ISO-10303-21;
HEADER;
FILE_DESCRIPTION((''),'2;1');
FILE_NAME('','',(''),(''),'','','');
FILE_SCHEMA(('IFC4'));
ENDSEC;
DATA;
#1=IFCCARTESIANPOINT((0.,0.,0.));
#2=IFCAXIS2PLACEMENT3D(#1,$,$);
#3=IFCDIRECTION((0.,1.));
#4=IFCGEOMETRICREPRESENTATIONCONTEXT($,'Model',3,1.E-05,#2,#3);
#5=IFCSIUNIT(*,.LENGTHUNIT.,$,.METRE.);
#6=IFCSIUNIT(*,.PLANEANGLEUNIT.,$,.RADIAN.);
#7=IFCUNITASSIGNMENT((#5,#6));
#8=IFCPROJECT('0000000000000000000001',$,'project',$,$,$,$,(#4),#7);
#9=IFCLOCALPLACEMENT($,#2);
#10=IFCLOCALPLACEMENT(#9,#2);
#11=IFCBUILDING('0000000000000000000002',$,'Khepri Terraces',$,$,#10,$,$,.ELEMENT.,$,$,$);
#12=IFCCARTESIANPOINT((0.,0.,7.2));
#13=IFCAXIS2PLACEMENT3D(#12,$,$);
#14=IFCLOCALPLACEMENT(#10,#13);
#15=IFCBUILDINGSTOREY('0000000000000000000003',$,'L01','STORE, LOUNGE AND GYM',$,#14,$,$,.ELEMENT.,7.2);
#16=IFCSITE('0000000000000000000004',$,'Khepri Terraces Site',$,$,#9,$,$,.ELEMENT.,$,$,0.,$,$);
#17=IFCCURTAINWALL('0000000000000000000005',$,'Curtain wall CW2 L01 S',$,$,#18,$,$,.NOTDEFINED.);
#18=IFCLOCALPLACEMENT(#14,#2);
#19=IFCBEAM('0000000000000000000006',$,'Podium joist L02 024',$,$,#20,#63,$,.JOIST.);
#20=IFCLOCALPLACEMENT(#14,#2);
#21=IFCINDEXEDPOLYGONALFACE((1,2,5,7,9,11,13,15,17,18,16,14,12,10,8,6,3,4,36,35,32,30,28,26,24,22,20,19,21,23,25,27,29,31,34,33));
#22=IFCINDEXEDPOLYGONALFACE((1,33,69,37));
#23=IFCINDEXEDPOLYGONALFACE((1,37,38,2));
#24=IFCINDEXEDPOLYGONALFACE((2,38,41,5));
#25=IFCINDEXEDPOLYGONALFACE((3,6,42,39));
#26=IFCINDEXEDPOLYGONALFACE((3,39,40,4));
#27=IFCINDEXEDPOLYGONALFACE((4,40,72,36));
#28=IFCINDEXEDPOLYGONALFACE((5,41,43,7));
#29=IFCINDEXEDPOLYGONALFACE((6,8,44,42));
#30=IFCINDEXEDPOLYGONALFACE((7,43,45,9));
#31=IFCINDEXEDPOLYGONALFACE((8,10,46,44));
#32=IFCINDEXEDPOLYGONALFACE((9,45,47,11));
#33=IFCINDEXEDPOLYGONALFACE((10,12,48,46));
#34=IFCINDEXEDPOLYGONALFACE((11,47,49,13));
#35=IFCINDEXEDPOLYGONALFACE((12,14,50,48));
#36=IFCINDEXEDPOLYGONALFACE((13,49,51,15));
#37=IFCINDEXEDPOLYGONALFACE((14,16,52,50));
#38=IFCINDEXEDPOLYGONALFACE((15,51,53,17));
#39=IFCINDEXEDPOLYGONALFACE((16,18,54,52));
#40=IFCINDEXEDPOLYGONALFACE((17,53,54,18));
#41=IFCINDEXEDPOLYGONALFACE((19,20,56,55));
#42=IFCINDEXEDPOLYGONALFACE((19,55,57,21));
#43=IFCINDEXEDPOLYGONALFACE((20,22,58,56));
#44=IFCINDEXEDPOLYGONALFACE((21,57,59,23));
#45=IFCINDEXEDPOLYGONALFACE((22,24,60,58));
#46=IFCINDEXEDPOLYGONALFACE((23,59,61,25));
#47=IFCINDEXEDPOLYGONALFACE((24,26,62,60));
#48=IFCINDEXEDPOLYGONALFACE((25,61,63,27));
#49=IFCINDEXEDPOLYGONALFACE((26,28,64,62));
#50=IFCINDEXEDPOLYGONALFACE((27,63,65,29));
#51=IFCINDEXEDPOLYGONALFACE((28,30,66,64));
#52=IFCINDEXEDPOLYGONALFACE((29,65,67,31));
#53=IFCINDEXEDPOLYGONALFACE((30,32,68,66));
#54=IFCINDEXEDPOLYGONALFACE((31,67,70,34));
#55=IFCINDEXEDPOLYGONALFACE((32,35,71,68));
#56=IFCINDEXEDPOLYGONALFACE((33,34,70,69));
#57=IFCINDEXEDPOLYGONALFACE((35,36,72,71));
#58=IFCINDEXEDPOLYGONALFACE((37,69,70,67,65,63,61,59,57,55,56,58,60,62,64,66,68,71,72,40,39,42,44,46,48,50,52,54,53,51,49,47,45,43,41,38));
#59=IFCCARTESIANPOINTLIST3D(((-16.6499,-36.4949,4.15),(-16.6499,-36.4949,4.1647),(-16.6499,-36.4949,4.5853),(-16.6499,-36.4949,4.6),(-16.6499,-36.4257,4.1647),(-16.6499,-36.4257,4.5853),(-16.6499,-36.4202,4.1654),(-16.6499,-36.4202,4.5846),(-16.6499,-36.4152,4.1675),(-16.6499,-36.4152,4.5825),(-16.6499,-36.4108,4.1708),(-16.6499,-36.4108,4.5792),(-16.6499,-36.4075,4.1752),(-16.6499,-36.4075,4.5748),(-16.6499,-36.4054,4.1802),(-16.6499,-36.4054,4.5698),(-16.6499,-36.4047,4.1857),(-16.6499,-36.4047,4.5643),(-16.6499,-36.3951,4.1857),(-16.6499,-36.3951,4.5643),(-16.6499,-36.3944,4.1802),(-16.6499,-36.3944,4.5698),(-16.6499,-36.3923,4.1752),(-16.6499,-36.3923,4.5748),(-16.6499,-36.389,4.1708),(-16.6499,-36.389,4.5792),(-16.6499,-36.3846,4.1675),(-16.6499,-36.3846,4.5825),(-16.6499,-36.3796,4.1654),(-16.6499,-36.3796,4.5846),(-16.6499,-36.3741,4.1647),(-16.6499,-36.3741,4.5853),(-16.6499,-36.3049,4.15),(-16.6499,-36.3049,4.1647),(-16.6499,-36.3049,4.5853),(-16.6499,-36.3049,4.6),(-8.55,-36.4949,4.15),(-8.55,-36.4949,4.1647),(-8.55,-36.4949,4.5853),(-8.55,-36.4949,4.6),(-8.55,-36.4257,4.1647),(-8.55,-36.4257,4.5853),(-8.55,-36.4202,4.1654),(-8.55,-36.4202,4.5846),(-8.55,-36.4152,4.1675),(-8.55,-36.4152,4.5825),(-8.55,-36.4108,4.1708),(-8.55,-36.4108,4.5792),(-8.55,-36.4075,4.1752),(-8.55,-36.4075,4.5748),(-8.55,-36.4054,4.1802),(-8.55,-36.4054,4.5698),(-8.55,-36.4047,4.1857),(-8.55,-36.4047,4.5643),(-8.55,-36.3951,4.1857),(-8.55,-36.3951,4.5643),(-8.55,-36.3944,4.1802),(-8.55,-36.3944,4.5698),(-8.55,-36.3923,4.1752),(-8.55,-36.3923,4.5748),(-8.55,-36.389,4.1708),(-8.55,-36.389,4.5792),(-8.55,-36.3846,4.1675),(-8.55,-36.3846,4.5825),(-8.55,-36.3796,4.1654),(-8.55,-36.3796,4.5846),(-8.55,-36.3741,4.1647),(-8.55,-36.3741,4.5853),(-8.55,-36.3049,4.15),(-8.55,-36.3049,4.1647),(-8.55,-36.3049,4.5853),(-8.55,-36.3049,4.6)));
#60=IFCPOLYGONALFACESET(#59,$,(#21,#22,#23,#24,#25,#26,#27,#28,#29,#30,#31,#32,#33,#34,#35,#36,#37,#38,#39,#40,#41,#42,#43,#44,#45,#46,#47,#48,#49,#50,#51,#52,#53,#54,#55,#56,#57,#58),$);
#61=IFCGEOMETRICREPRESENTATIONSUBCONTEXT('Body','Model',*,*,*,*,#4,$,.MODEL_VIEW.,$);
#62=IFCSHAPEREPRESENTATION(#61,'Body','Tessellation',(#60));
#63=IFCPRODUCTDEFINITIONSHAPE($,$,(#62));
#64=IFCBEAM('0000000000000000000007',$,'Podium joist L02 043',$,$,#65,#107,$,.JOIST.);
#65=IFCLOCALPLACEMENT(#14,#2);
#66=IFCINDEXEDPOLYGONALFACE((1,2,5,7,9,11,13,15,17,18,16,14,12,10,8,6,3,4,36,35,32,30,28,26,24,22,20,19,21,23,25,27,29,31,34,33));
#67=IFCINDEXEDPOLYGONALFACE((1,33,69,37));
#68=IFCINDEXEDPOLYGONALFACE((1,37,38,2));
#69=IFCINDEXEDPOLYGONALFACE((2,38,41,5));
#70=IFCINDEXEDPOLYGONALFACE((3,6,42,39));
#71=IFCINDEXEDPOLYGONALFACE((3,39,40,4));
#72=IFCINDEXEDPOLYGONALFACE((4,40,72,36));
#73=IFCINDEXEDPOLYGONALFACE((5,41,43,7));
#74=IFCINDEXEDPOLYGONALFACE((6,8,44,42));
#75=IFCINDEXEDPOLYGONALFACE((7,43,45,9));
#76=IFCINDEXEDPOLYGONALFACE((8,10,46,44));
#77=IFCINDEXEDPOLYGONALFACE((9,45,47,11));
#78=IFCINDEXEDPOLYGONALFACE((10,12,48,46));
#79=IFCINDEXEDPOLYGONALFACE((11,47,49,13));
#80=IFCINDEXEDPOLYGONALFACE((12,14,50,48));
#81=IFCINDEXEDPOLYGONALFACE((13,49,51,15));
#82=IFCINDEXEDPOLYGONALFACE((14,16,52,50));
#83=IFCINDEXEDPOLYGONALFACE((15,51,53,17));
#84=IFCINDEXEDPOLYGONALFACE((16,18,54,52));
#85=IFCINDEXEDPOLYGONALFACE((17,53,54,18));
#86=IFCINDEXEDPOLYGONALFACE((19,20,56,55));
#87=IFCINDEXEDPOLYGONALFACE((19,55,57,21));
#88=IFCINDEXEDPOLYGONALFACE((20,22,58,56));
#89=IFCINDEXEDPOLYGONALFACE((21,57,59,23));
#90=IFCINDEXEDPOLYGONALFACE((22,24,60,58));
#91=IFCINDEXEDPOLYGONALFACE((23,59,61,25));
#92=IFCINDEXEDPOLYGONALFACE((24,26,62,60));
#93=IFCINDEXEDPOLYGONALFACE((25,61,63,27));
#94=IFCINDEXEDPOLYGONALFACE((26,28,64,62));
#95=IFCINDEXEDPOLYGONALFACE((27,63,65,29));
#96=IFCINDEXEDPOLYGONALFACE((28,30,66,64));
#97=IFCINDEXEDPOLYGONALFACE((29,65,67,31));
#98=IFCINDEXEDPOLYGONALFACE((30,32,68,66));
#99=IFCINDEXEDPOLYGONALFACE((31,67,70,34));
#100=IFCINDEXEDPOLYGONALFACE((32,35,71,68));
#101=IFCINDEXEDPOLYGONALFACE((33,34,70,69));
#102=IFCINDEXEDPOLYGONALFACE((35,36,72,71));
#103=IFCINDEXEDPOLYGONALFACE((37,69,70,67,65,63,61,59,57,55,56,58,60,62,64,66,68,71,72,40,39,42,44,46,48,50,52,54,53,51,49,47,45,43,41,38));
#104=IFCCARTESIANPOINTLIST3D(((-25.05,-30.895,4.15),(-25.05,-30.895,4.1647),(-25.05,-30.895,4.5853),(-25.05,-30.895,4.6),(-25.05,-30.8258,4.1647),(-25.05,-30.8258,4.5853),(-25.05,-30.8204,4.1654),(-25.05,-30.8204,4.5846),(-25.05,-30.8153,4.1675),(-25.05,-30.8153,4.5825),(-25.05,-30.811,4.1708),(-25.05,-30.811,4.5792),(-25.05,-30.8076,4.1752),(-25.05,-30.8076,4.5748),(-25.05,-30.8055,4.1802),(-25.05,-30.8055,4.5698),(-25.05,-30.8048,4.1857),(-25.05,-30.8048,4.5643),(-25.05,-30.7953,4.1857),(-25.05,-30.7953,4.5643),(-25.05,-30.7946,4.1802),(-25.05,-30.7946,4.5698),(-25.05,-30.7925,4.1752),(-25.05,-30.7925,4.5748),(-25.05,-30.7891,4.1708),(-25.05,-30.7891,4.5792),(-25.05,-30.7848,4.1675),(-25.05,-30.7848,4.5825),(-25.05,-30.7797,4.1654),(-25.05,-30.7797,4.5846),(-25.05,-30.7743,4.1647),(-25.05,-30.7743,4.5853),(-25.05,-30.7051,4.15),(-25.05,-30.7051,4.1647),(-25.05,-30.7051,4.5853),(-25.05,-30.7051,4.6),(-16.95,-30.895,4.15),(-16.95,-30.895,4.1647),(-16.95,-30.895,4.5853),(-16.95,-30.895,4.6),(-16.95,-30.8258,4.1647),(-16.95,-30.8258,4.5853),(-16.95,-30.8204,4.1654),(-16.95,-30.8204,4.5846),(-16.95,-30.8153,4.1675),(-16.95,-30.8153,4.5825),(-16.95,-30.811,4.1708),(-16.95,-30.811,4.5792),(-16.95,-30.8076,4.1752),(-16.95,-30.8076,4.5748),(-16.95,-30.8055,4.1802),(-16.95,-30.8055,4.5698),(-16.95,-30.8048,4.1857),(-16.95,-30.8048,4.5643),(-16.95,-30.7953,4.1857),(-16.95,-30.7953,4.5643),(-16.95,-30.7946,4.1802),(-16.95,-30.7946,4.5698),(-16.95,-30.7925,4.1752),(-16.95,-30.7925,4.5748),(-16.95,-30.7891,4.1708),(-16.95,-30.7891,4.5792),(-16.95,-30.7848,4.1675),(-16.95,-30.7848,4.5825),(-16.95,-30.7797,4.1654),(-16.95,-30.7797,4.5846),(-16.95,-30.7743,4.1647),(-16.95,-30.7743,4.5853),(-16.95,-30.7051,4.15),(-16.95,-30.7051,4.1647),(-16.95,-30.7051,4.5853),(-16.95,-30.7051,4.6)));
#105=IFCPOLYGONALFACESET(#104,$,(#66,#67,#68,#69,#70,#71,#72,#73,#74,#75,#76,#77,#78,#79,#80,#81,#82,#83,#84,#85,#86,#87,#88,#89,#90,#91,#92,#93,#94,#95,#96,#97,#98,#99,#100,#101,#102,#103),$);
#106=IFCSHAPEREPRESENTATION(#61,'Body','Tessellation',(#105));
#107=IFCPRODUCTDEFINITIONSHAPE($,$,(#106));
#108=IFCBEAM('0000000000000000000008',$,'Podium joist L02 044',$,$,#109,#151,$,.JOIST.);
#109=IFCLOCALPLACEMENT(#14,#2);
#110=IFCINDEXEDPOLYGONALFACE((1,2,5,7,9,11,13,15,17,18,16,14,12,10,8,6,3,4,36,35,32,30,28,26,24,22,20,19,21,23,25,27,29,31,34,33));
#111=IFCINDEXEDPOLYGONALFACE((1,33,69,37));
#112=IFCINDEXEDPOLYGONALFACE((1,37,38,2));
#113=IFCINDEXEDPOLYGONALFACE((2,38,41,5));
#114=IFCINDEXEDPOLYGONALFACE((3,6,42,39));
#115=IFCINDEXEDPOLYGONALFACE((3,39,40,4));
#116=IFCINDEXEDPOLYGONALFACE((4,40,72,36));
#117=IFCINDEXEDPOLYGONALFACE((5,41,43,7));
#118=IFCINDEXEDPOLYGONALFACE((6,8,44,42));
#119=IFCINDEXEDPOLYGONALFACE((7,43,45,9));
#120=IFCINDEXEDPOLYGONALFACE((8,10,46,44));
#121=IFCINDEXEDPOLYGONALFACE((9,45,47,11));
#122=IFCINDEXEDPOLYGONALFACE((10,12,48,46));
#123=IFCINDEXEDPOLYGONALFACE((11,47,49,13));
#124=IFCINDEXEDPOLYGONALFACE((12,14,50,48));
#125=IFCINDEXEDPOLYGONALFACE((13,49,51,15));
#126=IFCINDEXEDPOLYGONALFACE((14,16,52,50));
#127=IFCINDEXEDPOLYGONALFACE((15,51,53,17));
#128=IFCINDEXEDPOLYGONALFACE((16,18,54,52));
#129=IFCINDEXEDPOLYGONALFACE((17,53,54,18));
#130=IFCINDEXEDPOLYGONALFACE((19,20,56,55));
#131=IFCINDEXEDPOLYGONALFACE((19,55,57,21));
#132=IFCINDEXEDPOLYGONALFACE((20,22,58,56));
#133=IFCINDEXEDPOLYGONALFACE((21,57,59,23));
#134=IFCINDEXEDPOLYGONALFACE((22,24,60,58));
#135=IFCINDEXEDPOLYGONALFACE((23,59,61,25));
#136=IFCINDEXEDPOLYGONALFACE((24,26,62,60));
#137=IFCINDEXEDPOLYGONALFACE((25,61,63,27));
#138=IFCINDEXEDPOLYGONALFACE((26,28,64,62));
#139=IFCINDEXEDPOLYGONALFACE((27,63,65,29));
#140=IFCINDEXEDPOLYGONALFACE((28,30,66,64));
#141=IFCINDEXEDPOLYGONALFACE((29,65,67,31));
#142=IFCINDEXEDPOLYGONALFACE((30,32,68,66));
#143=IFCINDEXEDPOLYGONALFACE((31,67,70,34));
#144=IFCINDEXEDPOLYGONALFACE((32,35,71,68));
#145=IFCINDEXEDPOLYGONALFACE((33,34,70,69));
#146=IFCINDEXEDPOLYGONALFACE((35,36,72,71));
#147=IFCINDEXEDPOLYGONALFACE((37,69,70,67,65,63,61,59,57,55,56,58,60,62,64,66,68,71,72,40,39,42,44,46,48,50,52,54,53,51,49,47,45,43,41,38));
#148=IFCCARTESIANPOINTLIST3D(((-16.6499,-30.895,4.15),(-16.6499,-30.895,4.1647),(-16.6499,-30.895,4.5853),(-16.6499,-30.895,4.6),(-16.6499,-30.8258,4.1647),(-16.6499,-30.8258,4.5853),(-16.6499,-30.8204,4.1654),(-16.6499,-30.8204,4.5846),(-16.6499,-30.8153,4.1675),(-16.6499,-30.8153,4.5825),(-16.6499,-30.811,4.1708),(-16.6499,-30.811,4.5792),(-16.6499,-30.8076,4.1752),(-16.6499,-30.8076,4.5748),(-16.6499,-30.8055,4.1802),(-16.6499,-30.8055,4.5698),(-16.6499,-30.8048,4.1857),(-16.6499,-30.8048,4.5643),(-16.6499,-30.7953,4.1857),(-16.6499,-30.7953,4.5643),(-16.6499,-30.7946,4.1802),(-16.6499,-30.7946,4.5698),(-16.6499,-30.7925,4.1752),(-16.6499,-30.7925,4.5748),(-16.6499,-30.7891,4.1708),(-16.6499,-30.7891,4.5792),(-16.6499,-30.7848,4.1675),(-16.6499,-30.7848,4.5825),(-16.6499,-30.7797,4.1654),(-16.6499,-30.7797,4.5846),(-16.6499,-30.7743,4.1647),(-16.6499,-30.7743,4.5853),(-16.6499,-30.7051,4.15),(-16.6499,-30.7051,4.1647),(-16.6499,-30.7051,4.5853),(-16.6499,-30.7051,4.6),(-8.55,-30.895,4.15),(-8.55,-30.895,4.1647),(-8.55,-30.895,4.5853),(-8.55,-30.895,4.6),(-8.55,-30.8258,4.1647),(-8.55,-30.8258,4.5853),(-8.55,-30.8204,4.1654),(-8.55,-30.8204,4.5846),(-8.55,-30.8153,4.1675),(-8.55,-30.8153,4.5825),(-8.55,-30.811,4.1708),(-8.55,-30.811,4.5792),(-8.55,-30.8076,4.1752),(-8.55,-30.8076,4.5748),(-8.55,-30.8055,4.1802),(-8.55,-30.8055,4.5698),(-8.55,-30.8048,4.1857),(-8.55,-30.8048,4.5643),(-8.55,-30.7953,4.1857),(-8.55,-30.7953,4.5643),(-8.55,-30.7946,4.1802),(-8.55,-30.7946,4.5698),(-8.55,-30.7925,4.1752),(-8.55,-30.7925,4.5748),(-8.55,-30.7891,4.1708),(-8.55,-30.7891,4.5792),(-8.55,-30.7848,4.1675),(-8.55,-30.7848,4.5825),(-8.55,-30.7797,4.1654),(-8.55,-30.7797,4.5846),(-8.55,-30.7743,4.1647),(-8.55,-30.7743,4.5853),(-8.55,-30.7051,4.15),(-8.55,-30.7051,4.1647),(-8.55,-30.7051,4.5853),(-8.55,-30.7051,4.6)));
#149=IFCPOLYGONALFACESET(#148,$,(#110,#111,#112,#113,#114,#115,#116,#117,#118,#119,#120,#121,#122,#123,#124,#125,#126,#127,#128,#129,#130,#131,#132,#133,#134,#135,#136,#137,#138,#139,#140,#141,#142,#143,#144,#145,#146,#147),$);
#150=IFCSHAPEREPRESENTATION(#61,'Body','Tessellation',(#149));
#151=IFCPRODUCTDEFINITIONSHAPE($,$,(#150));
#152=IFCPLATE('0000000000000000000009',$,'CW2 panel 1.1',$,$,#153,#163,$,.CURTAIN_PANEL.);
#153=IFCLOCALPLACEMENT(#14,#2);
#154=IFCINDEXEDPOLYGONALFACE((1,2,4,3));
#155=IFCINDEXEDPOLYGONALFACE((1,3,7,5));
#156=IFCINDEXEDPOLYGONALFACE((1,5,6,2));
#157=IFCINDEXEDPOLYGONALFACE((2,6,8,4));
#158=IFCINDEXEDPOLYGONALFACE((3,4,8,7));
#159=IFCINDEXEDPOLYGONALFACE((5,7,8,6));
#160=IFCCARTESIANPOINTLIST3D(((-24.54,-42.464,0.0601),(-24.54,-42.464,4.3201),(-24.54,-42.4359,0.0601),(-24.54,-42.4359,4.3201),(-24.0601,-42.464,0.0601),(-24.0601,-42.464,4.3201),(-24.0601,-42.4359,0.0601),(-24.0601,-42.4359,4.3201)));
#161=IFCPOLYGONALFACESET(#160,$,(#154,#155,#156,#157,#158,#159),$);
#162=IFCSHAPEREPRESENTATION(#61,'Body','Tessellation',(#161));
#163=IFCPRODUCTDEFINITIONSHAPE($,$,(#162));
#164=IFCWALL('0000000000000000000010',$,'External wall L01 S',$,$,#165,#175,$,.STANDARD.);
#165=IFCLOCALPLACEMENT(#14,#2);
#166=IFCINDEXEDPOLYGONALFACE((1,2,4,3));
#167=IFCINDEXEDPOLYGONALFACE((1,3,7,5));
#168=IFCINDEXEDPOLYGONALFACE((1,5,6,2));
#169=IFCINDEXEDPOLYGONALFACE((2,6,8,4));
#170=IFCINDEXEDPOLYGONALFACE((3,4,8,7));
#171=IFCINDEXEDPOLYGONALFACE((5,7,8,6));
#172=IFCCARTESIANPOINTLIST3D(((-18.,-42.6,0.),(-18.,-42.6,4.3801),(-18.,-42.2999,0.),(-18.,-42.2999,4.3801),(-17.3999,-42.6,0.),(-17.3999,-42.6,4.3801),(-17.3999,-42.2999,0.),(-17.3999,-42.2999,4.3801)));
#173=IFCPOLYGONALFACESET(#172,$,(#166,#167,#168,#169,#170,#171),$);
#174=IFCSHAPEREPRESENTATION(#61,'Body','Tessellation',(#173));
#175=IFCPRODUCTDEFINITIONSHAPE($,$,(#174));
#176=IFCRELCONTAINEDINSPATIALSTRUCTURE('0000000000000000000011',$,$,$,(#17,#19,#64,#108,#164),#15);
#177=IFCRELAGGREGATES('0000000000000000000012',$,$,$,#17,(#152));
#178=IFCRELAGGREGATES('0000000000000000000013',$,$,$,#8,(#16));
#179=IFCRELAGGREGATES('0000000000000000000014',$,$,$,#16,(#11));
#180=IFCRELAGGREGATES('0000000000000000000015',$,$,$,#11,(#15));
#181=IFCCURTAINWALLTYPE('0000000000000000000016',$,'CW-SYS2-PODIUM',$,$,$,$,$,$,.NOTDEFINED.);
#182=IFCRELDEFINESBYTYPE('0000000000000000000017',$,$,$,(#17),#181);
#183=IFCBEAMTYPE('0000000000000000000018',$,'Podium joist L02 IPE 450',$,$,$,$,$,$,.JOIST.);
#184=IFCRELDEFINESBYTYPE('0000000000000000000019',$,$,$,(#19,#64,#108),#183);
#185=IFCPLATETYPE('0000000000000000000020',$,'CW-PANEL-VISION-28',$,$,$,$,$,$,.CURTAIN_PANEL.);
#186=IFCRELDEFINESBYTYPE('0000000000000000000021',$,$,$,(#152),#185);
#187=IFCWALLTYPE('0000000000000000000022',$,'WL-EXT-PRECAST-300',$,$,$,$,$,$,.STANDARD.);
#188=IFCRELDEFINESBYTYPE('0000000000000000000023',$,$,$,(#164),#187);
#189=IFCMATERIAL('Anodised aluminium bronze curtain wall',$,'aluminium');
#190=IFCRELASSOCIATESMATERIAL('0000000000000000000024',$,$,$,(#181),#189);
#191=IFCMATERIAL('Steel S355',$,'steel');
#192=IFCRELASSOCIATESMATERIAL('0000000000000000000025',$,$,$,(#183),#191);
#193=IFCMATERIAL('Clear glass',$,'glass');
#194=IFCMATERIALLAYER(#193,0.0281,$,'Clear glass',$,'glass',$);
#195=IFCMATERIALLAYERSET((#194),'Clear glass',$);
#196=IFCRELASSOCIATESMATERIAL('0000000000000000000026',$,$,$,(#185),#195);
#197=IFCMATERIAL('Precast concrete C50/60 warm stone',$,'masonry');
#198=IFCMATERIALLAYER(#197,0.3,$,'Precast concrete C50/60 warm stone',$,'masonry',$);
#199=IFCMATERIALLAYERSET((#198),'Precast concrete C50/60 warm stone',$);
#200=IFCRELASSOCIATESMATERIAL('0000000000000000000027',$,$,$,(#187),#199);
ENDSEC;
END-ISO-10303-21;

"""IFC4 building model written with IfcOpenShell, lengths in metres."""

from ifc_helpers import new_model, si_unit, direction, frame, frame_2d, origin, origin_2d, place, context, subcontext, project, spatial, rectangle, i_section, extrude, material, layer, layer_set, material_profile, profile_set, type_object, element, aggregate, save


model = new_model("IFC4")

# Units and contexts
model_context = context("Model", 3, precision=1e-05, world=origin(), true_north=direction((0.0, 1.0)))
body_context = subcontext(model_context, "Body", "Model", "MODEL_VIEW")
ifc_project = project(units=[si_unit("LENGTHUNIT", "METRE"), si_unit("PLANEANGLEUNIT", "RADIAN")], contexts=[model_context])

# Site, building, storey
site_placement = place(None, origin())
site = spatial("IfcSite", under=ifc_project, at=site_placement, Name="Khepri Terraces Site", CompositionType="ELEMENT", RefElevation=0.0)
building_placement = place(site_placement, origin())
building = spatial("IfcBuilding", under=site, at=building_placement, Name="Khepri Terraces", CompositionType="ELEMENT")
storey_placement = place(building_placement, frame((0.0, 0.0, 7.2)))
storey = spatial("IfcBuildingStorey", under=building, at=storey_placement, Name="L01", Description="STORE, LOUNGE AND GYM", CompositionType="ELEMENT", Elevation=7.2)

# Curtain wall
ifc_material_1 = material(Name="Anodised aluminium bronze curtain wall", Category="aluminium")
curtain_wall_type = type_object("IfcCurtainWallType", Name="CW-SYS2-PODIUM", PredefinedType="NOTDEFINED", material=ifc_material_1)
curtain_wall_placement = place(storey_placement, origin())
curtain_wall = element("IfcCurtainWall", 1, at=curtain_wall_placement, inside=storey, type_object=curtain_wall_type, Name="Curtain wall CW2 L01 S", PredefinedType="NOTDEFINED")

# Beams
ifc_material_2 = material(Name="Steel S355", Category="steel")
ifc_material_profile_1 = material_profile(ifc_material_2, i_section(OverallWidth=0.1899, OverallDepth=0.45, WebThickness=0.0095, FlangeThickness=0.0146, FilletRadius=0.021, at=origin_2d()), Name="Steel S355", Category="steel")
ifc_profile_set_1 = profile_set([ifc_material_profile_1], Name="Steel S355")
beam_type_1 = type_object("IfcBeamType", Name="Podium joist L02 IPE 450", PredefinedType="JOIST", material=ifc_profile_set_1)
beam_1_placement = place(storey_placement, frame((-16.6499, -36.3999, 4.375), z_axis=(1.0, 0.0, 0.0), x_axis=(0.0, 1.0, 0.0)))
element("IfcBeam", 2, at=beam_1_placement, inside=storey, type_object=beam_type_1, Name="Podium joist L02 024", PredefinedType="JOIST", context=body_context, shape_type="SweptSolid", body=[
    extrude(i_section(OverallWidth=0.1899, OverallDepth=0.45, WebThickness=0.0095, FlangeThickness=0.0146, FilletRadius=0.021, at=origin_2d()), origin(), (0.0, 0.0, 1.0), 8.0999),
])
beam_2_placement = place(storey_placement, frame((-25.05, -30.8, 4.375), z_axis=(1.0, 0.0, 0.0), x_axis=(0.0, 1.0, 0.0)))
element("IfcBeam", 3, at=beam_2_placement, inside=storey, type_object=beam_type_1, Name="Podium joist L02 043", PredefinedType="JOIST", context=body_context, shape_type="SweptSolid", body=[
    extrude(i_section(OverallWidth=0.1899, OverallDepth=0.45, WebThickness=0.0095, FlangeThickness=0.0146, FilletRadius=0.021, at=origin_2d()), origin(), (0.0, 0.0, 1.0), 8.1001),
])
beam_3_placement = place(storey_placement, frame((-16.6499, -30.8, 4.375), z_axis=(1.0, 0.0, 0.0), x_axis=(0.0, 1.0, 0.0)))
element("IfcBeam", 4, at=beam_3_placement, inside=storey, type_object=beam_type_1, Name="Podium joist L02 044", PredefinedType="JOIST", context=body_context, shape_type="SweptSolid", body=[
    extrude(i_section(OverallWidth=0.1899, OverallDepth=0.45, WebThickness=0.0095, FlangeThickness=0.0146, FilletRadius=0.021, at=origin_2d()), origin(), (0.0, 0.0, 1.0), 8.0999),
])

# Plate
ifc_material_3 = material(Name="Clear glass", Category="glass")
ifc_layer_1 = layer(ifc_material_3, 0.0281, Name="Clear glass", Category="glass")
ifc_layer_set_1 = layer_set([ifc_layer_1], Name="Clear glass")
plate_type = type_object("IfcPlateType", Name="CW-PANEL-VISION-28", PredefinedType="CURTAIN_PANEL", material=ifc_layer_set_1)
plate_placement = place(storey_placement, frame((-24.3, -42.45, 0.0601), z_axis=(0.0, 0.0, 1.0), x_axis=(1.0, 0.0, 0.0)))
plate = element("IfcPlate", 5, at=plate_placement, type_object=plate_type, Name="CW2 panel 1.1", PredefinedType="CURTAIN_PANEL", context=body_context, shape_type="SweptSolid", body=[
    extrude(rectangle(XDim=0.48, YDim=0.0281, at=origin_2d()), origin(), (0.0, 0.0, 1.0), 4.26),
])
aggregate(curtain_wall, [plate])

# Shared definitions
ifc_material_4 = material(Name="Precast concrete C50/60 warm stone", Category="masonry")
ifc_layer_2 = layer(ifc_material_4, 0.3, Name="Precast concrete C50/60 warm stone", Category="masonry")
ifc_layer_set_2 = layer_set([ifc_layer_2], Name="Precast concrete C50/60 warm stone")
wall_type = type_object("IfcWallType", Name="WL-EXT-PRECAST-300", PredefinedType="STANDARD", material=ifc_layer_set_2)

# Wall
wall_1_placement = place(storey_placement, frame((-18.0, -42.45, 0.0), z_axis=(0.0, 0.0, 1.0), x_axis=(1.0, 0.0, 0.0)))
element("IfcWall", 6, at=wall_1_placement, inside=storey, type_object=wall_type, Name="External wall L01 S", PredefinedType="STANDARD", context=body_context, shape_type="SweptSolid", body=[
    extrude(rectangle(XDim=0.6001, YDim=0.3, at=frame_2d((0.3, 0.0))), origin(), (0.0, 0.0, 1.0), 4.3801),
])

save(model, "model.ifc")
